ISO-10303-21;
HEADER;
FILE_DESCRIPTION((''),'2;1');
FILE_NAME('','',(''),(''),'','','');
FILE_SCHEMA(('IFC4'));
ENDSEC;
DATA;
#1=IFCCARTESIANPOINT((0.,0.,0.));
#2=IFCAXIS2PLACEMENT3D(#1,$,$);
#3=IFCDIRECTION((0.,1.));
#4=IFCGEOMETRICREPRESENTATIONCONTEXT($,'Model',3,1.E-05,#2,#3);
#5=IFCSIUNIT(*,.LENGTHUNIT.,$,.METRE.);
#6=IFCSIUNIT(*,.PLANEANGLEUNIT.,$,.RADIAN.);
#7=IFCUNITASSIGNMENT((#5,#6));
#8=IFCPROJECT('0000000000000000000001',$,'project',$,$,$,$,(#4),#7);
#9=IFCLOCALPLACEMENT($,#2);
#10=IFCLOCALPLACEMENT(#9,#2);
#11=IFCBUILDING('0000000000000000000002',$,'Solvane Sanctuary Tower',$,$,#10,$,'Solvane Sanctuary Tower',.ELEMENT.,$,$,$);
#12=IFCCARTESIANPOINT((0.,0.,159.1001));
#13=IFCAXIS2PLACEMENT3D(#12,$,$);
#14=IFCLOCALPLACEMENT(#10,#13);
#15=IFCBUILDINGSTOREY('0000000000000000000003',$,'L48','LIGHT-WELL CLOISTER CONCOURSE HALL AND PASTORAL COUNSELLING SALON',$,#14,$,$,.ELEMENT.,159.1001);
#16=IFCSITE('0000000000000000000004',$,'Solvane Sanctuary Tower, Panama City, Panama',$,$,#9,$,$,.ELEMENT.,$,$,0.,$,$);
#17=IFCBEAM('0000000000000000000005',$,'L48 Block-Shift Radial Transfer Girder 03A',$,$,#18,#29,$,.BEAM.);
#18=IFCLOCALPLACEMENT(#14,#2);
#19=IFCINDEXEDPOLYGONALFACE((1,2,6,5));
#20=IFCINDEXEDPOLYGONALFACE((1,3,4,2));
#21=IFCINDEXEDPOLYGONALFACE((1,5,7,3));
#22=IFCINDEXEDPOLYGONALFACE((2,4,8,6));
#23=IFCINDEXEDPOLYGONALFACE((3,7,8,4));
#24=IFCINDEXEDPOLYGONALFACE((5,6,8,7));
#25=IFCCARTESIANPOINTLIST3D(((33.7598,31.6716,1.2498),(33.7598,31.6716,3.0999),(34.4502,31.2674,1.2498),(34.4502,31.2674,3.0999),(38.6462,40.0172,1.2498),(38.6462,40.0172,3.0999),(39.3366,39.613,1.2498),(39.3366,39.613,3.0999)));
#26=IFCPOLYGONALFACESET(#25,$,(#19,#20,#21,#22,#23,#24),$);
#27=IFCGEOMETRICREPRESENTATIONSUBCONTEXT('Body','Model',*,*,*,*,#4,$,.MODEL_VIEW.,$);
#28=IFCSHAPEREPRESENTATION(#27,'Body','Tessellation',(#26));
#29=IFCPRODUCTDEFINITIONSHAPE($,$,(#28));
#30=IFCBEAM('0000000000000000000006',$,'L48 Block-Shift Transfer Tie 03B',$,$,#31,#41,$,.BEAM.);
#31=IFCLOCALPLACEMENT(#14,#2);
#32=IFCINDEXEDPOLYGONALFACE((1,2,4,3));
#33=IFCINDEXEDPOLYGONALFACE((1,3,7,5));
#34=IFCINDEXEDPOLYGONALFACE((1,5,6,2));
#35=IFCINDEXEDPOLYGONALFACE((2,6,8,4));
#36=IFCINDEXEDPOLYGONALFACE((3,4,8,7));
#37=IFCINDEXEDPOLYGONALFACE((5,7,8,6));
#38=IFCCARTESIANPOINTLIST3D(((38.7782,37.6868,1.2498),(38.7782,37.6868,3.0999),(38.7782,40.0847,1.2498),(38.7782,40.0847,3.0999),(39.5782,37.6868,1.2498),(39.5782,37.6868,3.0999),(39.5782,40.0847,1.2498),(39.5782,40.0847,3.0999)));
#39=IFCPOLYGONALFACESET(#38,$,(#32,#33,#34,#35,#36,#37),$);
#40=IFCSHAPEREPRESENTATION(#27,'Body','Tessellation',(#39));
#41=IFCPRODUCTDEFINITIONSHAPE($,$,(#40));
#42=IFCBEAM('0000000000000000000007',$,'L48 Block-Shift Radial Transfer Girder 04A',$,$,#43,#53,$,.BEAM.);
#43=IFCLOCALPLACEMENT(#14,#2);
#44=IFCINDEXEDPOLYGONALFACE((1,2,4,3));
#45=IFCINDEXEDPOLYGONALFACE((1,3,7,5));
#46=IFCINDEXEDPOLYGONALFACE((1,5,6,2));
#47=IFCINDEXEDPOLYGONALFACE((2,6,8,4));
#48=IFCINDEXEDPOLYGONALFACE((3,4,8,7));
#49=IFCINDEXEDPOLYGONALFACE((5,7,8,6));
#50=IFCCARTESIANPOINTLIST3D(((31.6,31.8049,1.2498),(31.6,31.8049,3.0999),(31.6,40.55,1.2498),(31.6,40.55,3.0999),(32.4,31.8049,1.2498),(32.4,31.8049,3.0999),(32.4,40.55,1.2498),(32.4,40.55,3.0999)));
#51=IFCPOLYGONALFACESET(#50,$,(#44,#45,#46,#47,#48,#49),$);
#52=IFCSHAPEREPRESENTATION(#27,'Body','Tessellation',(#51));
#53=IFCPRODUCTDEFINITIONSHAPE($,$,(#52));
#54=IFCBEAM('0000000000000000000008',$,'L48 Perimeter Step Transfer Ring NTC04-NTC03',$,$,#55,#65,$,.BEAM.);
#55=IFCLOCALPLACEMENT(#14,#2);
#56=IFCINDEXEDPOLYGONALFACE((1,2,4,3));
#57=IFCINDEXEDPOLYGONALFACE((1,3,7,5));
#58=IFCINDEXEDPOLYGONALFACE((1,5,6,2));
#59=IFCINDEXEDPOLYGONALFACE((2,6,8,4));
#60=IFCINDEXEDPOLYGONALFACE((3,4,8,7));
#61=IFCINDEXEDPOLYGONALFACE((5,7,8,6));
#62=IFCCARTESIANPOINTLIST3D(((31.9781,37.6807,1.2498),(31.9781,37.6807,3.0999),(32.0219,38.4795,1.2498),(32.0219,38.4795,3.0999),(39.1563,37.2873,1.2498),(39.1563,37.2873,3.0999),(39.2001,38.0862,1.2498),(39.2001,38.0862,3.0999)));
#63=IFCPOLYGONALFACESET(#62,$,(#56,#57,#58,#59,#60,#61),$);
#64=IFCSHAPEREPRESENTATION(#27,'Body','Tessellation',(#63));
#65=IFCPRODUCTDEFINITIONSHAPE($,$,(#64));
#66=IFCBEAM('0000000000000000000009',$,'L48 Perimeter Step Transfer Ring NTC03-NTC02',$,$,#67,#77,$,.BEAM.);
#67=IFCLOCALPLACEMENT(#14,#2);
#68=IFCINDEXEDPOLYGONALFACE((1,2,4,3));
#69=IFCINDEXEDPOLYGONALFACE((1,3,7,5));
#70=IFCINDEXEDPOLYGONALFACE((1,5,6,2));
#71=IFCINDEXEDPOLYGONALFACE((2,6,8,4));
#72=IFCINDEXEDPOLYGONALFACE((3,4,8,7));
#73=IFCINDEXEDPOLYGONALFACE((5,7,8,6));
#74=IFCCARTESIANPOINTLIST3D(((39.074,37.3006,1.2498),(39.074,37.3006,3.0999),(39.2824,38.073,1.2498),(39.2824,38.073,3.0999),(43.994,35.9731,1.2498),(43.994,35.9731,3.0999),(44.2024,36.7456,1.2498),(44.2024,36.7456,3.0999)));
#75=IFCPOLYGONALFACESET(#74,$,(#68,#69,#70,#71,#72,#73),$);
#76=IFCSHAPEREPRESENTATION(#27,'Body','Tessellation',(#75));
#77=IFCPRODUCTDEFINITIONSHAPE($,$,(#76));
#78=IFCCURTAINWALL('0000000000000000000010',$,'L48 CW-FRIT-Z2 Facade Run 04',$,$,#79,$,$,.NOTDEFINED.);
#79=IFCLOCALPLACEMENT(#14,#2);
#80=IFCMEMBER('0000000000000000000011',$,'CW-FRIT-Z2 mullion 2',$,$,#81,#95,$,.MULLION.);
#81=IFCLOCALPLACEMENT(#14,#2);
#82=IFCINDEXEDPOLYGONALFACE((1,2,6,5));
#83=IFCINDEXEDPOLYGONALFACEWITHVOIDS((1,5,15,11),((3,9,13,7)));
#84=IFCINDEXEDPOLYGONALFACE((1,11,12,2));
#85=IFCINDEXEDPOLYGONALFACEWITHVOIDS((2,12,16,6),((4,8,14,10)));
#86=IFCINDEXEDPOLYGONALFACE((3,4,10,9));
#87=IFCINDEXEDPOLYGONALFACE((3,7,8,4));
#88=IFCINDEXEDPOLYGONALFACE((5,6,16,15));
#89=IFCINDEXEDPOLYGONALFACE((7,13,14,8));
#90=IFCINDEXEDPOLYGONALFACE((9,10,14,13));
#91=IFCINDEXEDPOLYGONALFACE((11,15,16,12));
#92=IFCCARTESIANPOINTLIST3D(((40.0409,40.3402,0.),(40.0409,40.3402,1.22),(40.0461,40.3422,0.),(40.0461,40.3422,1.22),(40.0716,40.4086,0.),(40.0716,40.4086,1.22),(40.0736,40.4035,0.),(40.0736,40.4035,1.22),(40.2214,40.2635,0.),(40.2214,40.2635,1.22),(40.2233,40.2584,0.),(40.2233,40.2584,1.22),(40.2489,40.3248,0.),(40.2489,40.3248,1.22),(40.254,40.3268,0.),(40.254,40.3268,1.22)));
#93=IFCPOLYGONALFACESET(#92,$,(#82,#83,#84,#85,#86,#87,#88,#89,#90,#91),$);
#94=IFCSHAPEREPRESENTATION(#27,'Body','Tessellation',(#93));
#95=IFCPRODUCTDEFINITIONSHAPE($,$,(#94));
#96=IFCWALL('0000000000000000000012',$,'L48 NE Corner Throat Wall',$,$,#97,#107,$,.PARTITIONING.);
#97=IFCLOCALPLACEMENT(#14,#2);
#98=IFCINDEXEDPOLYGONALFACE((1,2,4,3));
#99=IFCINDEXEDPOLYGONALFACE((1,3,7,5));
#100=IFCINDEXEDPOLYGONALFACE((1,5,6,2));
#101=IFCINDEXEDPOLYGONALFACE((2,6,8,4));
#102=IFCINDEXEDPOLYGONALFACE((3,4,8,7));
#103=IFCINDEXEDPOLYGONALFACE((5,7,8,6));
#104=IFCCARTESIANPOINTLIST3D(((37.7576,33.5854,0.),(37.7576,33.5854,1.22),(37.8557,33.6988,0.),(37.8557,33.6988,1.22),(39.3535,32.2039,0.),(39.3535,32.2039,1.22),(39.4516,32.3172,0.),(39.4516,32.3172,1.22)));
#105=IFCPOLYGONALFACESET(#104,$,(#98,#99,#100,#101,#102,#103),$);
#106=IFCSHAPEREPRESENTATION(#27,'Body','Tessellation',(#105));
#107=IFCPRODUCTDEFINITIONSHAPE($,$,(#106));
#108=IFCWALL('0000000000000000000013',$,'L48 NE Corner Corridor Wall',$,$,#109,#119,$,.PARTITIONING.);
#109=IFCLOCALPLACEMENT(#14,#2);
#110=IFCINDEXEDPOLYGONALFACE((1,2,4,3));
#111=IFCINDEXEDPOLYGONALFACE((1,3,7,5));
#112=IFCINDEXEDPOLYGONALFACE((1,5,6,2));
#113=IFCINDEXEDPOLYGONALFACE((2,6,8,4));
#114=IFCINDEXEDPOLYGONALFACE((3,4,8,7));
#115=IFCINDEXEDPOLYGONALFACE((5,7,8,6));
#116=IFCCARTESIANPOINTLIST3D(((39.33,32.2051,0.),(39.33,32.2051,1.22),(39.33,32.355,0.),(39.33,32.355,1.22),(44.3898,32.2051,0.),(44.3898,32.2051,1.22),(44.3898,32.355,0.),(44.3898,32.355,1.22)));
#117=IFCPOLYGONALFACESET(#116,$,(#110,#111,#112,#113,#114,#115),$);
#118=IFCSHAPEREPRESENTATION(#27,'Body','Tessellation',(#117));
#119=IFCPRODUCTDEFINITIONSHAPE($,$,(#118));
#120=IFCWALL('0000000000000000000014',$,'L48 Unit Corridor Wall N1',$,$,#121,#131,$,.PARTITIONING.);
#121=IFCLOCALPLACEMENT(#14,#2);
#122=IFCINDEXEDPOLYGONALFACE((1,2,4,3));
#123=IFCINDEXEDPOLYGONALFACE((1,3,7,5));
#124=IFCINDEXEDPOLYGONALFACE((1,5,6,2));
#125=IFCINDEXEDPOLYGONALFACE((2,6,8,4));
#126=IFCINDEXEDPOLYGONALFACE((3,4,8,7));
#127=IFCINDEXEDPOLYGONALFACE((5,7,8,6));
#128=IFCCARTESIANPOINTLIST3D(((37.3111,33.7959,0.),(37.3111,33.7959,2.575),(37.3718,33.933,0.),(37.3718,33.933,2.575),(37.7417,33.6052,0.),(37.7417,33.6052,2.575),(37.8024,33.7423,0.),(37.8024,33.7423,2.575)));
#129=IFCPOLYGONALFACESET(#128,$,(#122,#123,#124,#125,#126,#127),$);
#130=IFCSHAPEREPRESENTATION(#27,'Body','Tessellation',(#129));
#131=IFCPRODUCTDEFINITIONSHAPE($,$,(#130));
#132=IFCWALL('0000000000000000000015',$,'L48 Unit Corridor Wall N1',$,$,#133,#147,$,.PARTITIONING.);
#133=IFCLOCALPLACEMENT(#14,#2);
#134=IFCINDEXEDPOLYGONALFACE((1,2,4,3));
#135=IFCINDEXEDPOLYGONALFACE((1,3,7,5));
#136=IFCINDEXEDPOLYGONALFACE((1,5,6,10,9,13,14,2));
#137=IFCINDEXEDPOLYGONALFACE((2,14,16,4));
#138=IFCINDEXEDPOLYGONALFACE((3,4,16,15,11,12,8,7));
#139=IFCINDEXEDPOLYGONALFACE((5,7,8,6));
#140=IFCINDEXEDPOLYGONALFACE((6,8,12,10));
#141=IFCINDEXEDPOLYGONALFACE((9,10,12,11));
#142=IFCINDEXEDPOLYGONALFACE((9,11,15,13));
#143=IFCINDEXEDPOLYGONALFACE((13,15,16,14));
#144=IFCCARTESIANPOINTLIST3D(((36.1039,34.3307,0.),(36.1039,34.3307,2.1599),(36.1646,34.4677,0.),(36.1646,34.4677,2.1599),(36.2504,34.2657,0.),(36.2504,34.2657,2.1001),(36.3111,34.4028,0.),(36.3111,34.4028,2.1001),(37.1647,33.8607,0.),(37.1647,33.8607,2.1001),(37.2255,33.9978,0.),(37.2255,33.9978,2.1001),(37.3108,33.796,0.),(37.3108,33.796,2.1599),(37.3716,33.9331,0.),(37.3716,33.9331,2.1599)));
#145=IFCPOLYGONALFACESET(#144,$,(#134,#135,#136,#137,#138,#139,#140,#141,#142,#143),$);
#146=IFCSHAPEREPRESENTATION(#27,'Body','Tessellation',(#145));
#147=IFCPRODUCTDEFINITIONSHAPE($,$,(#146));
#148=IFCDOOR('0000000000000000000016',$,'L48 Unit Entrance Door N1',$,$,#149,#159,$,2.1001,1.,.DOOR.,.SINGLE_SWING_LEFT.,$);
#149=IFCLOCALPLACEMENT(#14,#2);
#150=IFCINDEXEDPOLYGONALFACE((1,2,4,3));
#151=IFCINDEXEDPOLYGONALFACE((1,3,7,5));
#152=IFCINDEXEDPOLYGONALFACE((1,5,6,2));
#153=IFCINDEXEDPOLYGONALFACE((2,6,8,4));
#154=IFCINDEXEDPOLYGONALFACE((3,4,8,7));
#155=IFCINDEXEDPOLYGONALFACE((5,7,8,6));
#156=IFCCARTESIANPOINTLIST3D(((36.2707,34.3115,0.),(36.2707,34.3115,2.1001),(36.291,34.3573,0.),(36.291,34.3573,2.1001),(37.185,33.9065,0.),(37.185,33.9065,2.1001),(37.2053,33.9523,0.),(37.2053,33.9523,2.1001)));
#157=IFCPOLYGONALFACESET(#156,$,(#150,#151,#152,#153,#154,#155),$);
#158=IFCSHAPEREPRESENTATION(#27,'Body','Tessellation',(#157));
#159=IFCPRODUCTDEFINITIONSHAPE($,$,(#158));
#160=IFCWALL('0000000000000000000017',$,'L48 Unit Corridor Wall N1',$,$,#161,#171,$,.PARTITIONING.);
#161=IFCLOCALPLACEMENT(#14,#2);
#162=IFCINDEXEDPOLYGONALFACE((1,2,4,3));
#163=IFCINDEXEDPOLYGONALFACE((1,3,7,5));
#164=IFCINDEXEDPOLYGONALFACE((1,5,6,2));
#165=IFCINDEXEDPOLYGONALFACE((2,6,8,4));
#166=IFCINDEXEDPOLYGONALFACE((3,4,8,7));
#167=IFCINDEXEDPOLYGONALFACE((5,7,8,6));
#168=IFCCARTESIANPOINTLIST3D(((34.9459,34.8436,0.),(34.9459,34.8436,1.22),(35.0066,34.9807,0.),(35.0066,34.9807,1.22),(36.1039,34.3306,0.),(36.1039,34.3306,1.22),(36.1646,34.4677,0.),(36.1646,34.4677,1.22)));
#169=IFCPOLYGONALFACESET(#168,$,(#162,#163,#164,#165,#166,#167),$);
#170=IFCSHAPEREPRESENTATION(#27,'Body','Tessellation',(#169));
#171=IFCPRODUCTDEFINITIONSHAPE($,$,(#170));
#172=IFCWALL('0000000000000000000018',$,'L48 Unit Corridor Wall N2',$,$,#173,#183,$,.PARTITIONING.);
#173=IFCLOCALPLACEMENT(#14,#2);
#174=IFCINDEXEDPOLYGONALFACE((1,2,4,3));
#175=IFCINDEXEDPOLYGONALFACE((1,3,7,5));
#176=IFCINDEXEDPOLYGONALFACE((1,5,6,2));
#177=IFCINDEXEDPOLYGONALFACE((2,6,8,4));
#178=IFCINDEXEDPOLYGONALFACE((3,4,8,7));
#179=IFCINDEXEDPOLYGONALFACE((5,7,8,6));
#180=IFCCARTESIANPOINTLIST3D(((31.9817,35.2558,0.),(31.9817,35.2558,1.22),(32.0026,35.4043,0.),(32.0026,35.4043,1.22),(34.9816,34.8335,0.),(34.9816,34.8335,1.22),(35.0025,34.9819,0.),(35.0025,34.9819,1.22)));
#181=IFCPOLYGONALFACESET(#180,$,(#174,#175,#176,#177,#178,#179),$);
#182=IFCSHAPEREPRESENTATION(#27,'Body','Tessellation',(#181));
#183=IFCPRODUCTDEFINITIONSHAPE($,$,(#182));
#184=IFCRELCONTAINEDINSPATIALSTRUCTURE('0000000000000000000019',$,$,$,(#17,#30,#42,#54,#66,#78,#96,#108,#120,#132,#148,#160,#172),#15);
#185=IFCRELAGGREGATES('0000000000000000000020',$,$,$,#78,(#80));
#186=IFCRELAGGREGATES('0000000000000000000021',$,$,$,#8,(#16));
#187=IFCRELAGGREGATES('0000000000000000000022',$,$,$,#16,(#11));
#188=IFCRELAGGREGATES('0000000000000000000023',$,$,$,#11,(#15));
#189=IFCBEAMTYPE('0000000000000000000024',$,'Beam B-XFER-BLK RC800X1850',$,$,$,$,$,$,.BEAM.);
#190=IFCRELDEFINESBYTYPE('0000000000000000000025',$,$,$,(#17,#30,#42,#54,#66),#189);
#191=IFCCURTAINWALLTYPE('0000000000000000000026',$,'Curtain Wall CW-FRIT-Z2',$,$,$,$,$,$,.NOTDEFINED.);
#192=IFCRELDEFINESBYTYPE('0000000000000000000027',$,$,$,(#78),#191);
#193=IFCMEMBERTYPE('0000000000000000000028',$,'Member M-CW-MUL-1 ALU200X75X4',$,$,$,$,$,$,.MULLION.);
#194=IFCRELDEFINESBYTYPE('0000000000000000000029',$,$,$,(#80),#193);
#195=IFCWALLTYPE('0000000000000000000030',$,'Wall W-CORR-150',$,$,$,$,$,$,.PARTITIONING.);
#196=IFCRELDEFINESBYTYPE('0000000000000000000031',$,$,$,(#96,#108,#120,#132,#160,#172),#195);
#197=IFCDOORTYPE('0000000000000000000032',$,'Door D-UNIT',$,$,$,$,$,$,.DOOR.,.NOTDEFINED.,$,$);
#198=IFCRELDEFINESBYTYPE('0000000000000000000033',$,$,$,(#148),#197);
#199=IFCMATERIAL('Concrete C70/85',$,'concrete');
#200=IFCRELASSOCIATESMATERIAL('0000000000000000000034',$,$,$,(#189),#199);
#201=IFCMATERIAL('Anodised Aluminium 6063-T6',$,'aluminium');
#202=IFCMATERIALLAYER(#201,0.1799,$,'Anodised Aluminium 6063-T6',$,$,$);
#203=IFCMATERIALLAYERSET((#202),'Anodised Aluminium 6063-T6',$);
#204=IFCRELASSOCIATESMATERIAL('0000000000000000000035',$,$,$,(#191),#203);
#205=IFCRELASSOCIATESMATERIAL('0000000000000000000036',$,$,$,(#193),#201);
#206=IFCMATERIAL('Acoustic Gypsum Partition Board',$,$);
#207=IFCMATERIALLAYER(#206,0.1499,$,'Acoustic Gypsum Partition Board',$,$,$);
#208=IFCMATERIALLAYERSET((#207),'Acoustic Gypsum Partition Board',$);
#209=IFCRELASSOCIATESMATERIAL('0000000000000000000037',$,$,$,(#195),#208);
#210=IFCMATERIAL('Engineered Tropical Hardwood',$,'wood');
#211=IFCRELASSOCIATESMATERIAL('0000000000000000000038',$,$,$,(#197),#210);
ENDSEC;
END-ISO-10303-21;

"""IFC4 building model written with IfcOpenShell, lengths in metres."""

from ifc_helpers import new_model, si_unit, direction, frame, frame_2d, origin, origin_2d, place, context, subcontext, project, spatial, rectangle, hollow_rectangle, extrude, material, layer, layer_set, material_profile, profile_set, type_object, element, fill, aggregate, save


model = new_model("IFC4")

# Units and contexts
model_context = context("Model", 3, precision=1e-05, world=origin(), true_north=direction((0.0, 1.0)))
body_context = subcontext(model_context, "Body", "Model", "MODEL_VIEW")
ifc_project = project(units=[si_unit("LENGTHUNIT", "METRE"), si_unit("PLANEANGLEUNIT", "RADIAN")], contexts=[model_context])

# Site, building, storey
site_placement = place(None, origin())
site = spatial("IfcSite", under=ifc_project, at=site_placement, Name="Solvane Sanctuary Tower, Panama City, Panama", CompositionType="ELEMENT", RefElevation=0.0)
building_placement = place(site_placement, origin())
building = spatial("IfcBuilding", under=site, at=building_placement, Name="Solvane Sanctuary Tower", LongName="Solvane Sanctuary Tower", CompositionType="ELEMENT")
storey_placement = place(building_placement, frame((0.0, 0.0, 159.1001)))
storey = spatial("IfcBuildingStorey", under=building, at=storey_placement, Name="L48", Description="LIGHT-WELL CLOISTER CONCOURSE HALL AND PASTORAL COUNSELLING SALON", CompositionType="ELEMENT", Elevation=159.1001)

# Beams
ifc_material_1 = material(Name="Concrete C70/85", Category="concrete")
ifc_material_profile_1 = material_profile(ifc_material_1, rectangle(XDim=0.8, YDim=1.8501, at=origin_2d()), Name="RC800X1850")
ifc_profile_set_1 = profile_set([ifc_material_profile_1], Name="Concrete C70/85")
beam_type_1 = type_object("IfcBeamType", Name="Beam B-XFER-BLK RC800X1850", PredefinedType="BEAM", material=ifc_profile_set_1)
beam_1_placement = place(storey_placement, frame((34.105, 31.4695, 2.1748), z_axis=(0.50527, 0.862961, 0.0), x_axis=(-0.862961, 0.50527, 0.0)))
element("IfcBeam", 1, at=beam_1_placement, inside=storey, type_object=beam_type_1, Name="L48 Block-Shift Radial Transfer Girder 03A", PredefinedType="BEAM", context=body_context, shape_type="SweptSolid", body=[
    extrude(rectangle(XDim=0.8, YDim=1.8501, at=origin_2d()), origin(), (0.0, 0.0, 1.0), 9.6709),
])
beam_2_placement = place(storey_placement, frame((39.1782, 40.0847, 2.1748), z_axis=(0.0, -1.0, 0.0), x_axis=(1.0, 0.0, 0.0)))
element("IfcBeam", 2, at=beam_2_placement, inside=storey, type_object=beam_type_1, Name="L48 Block-Shift Transfer Tie 03B", PredefinedType="BEAM", context=body_context, shape_type="SweptSolid", body=[
    extrude(rectangle(XDim=0.8, YDim=1.8501, at=origin_2d()), origin(), (0.0, 0.0, 1.0), 2.3979),
])
beam_3_placement = place(storey_placement, frame((32.0, 31.8049, 2.1748), z_axis=(0.0, 1.0, 0.0), x_axis=(-1.0, 0.0, 0.0)))
element("IfcBeam", 3, at=beam_3_placement, inside=storey, type_object=beam_type_1, Name="L48 Block-Shift Radial Transfer Girder 04A", PredefinedType="BEAM", context=body_context, shape_type="SweptSolid", body=[
    extrude(rectangle(XDim=0.8, YDim=1.8501, at=origin_2d()), origin(), (0.0, 0.0, 1.0), 8.7451),
])
beam_4_placement = place(storey_placement, frame((32.0, 38.0801, 2.1748), z_axis=(0.998502, -0.05471, 0.0), x_axis=(0.05471, 0.998502, 0.0)))
element("IfcBeam", 4, at=beam_4_placement, inside=storey, type_object=beam_type_1, Name="L48 Perimeter Step Transfer Ring NTC04-NTC03", PredefinedType="BEAM", context=body_context, shape_type="SweptSolid", body=[
    extrude(rectangle(XDim=0.8, YDim=1.8501, at=origin_2d()), origin(), (0.0, 0.0, 1.0), 7.189),
])
beam_5_placement = place(storey_placement, frame((39.1782, 37.6868, 2.1748), z_axis=(0.965478, -0.260485, 0.0), x_axis=(0.260485, 0.965478, 0.0)))
element("IfcBeam", 5, at=beam_5_placement, inside=storey, type_object=beam_type_1, Name="L48 Perimeter Step Transfer Ring NTC03-NTC02", PredefinedType="BEAM", context=body_context, shape_type="SweptSolid", body=[
    extrude(rectangle(XDim=0.8, YDim=1.8501, at=origin_2d()), origin(), (0.0, 0.0, 1.0), 5.0959),
])

# Curtain wall, member
ifc_material_2 = material(Name="Anodised Aluminium 6063-T6", Category="aluminium")
ifc_layer_1 = layer(ifc_material_2, 0.1799, Name="Anodised Aluminium 6063-T6")
ifc_layer_set_1 = layer_set([ifc_layer_1], Name="Anodised Aluminium 6063-T6")
curtain_wall_type = type_object("IfcCurtainWallType", Name="Curtain Wall CW-FRIT-Z2", PredefinedType="NOTDEFINED", material=ifc_layer_set_1)
curtain_wall_placement = place(storey_placement, origin())
curtain_wall = element("IfcCurtainWall", 6, at=curtain_wall_placement, inside=storey, type_object=curtain_wall_type, Name="L48 CW-FRIT-Z2 Facade Run 04", PredefinedType="NOTDEFINED")
ifc_material_profile_2 = material_profile(ifc_material_2, hollow_rectangle(XDim=0.075, YDim=0.2, WallThickness=0.0039, at=origin_2d()), Name="ALU200X75X4")
ifc_profile_set_2 = profile_set([ifc_material_profile_2], Name="Anodised Aluminium 6063-T6")
member_type = type_object("IfcMemberType", Name="Member M-CW-MUL-1 ALU200X75X4", PredefinedType="MULLION", material=ifc_profile_set_2)
member_placement = place(storey_placement, frame((40.1475, 40.3335, 0.0), z_axis=(0.0, 0.0, 1.0), x_axis=(-0.409411, -0.91235, 0.0)))
member = element("IfcMember", 7, at=member_placement, type_object=member_type, Name="CW-FRIT-Z2 mullion 2", PredefinedType="MULLION", context=body_context, shape_type="SweptSolid", body=[
    extrude(hollow_rectangle(XDim=0.075, YDim=0.2, WallThickness=0.0039, at=origin_2d()), origin(), (0.0, 0.0, 1.0), 1.22),
])
aggregate(curtain_wall, [member])

# Walls
ifc_material_3 = material(Name="Acoustic Gypsum Partition Board")
ifc_layer_2 = layer(ifc_material_3, 0.1499, Name="Acoustic Gypsum Partition Board")
ifc_layer_set_2 = layer_set([ifc_layer_2], Name="Acoustic Gypsum Partition Board")
wall_type_1 = type_object("IfcWallType", Name="Wall W-CORR-150", PredefinedType="PARTITIONING", material=ifc_layer_set_2)
wall_1_placement = place(storey_placement, frame((37.8066, 33.6421, 0.0), z_axis=(0.0, 0.0, 1.0), x_axis=(0.756055, -0.654508, 0.0)))
element("IfcWall", 8, at=wall_1_placement, inside=storey, type_object=wall_type_1, Name="L48 NE Corner Throat Wall", PredefinedType="PARTITIONING", context=body_context, shape_type="SweptSolid", body=[
    extrude(rectangle(XDim=2.1108, YDim=0.1499, at=frame_2d((1.0554, 0.0))), origin(), (0.0, 0.0, 1.0), 1.22),
])
wall_2_placement = place(storey_placement, frame((39.3301, 32.28, 0.0), z_axis=(0.0, 0.0, 1.0), x_axis=(1.0, 0.0, 0.0)))
element("IfcWall", 9, at=wall_2_placement, inside=storey, type_object=wall_type_1, Name="L48 NE Corner Corridor Wall", PredefinedType="PARTITIONING", context=body_context, shape_type="SweptSolid", body=[
    extrude(rectangle(XDim=5.0598, YDim=0.1499, at=frame_2d((2.5298, 0.0))), origin(), (0.0, 0.0, 1.0), 1.22),
])
wall_3_placement = place(storey_placement, frame((37.772, 33.6738, 0.0), z_axis=(0.0, 0.0, 1.0), x_axis=(-0.914388, 0.404839, 0.0)))
element("IfcWall", 10, at=wall_3_placement, inside=storey, type_object=wall_type_1, Name="L48 Unit Corridor Wall N1", PredefinedType="PARTITIONING", context=body_context, shape_type="SweptSolid", body=[
    extrude(rectangle(XDim=0.4709, YDim=0.1499, at=frame_2d((0.2354, 0.0))), origin(), (0.0, 0.0, 1.0), 2.575),
])

# Wall, opening, door
wall_4_placement = place(storey_placement, frame((37.3413, 33.8645, 0.0), z_axis=(0.0, 0.0, 1.0), x_axis=(-0.914314, 0.405006, 0.0)))
wall_4 = element("IfcWall", 11, at=wall_4_placement, inside=storey, type_object=wall_type_1, Name="L48 Unit Corridor Wall N1", PredefinedType="PARTITIONING", context=body_context, shape_type="SweptSolid", body=[
    extrude(rectangle(XDim=1.3201, YDim=0.1499, at=frame_2d((0.6602, 0.0))), origin(), (0.0, 0.0, 1.0), 2.1599),
])
opening_1_placement = place(wall_4_placement, frame((0.1599, 0.0, 0.0)))
opening_1 = element("IfcOpeningElement", 12, at=opening_1_placement, cuts=wall_4, PredefinedType="OPENING", context=body_context, shape_type="SweptSolid", body=[
    extrude(rectangle(XDim=1.0, YDim=2.1001, at=frame_2d((0.5, 1.05))), frame((0.0, 0.085, 0.0), z_axis=(0.0, -1.0, 0.0), x_axis=(1.0, 0.0, 0.0)), (0.0, 0.0, 1.0), 0.1699),
])
ifc_material_4 = material(Name="Engineered Tropical Hardwood", Category="wood")
door_type = type_object("IfcDoorType", Name="Door D-UNIT", OperationType="NOTDEFINED", PredefinedType="DOOR", material=ifc_material_4)
door_placement = place(opening_1_placement, origin())
door = element("IfcDoor", 13, at=door_placement, inside=storey, type_object=door_type, Name="L48 Unit Entrance Door N1", OperationType="SINGLE_SWING_LEFT", OverallHeight=2.1001, OverallWidth=1.0, PredefinedType="DOOR", context=body_context, shape_type="SweptSolid", body=[
    extrude(rectangle(XDim=1.0, YDim=2.1001, at=frame_2d((0.5, 1.05))), frame((0.0, 0.0249, 0.0), z_axis=(0.0, -1.0, 0.0), x_axis=(1.0, 0.0, 0.0)), (0.0, 0.0, 1.0), 0.05),
])
fill(opening_1, door)

# Walls
wall_5_placement = place(storey_placement, frame((36.1343, 34.3992, 0.0), z_axis=(0.0, 0.0, 1.0), x_axis=(-0.914312, 0.405011, 0.0)))
element("IfcWall", 14, at=wall_5_placement, inside=storey, type_object=wall_type_1, Name="L48 Unit Corridor Wall N1", PredefinedType="PARTITIONING", context=body_context, shape_type="SweptSolid", body=[
    extrude(rectangle(XDim=1.2666, YDim=0.1499, at=frame_2d((0.6333, 0.0))), origin(), (0.0, 0.0, 1.0), 1.22),
])
wall_6_placement = place(storey_placement, frame((34.9919, 34.9077, 0.0), z_axis=(0.0, 0.0, 1.0), x_axis=(-0.990234, 0.139413, 0.0)))
element("IfcWall", 15, at=wall_6_placement, inside=storey, type_object=wall_type_1, Name="L48 Unit Corridor Wall N2", PredefinedType="PARTITIONING", context=body_context, shape_type="SweptSolid", body=[
    extrude(rectangle(XDim=3.0295, YDim=0.1499, at=frame_2d((1.5146, 0.0))), origin(), (0.0, 0.0, 1.0), 1.22),
])

save(model, "model.ifc")
